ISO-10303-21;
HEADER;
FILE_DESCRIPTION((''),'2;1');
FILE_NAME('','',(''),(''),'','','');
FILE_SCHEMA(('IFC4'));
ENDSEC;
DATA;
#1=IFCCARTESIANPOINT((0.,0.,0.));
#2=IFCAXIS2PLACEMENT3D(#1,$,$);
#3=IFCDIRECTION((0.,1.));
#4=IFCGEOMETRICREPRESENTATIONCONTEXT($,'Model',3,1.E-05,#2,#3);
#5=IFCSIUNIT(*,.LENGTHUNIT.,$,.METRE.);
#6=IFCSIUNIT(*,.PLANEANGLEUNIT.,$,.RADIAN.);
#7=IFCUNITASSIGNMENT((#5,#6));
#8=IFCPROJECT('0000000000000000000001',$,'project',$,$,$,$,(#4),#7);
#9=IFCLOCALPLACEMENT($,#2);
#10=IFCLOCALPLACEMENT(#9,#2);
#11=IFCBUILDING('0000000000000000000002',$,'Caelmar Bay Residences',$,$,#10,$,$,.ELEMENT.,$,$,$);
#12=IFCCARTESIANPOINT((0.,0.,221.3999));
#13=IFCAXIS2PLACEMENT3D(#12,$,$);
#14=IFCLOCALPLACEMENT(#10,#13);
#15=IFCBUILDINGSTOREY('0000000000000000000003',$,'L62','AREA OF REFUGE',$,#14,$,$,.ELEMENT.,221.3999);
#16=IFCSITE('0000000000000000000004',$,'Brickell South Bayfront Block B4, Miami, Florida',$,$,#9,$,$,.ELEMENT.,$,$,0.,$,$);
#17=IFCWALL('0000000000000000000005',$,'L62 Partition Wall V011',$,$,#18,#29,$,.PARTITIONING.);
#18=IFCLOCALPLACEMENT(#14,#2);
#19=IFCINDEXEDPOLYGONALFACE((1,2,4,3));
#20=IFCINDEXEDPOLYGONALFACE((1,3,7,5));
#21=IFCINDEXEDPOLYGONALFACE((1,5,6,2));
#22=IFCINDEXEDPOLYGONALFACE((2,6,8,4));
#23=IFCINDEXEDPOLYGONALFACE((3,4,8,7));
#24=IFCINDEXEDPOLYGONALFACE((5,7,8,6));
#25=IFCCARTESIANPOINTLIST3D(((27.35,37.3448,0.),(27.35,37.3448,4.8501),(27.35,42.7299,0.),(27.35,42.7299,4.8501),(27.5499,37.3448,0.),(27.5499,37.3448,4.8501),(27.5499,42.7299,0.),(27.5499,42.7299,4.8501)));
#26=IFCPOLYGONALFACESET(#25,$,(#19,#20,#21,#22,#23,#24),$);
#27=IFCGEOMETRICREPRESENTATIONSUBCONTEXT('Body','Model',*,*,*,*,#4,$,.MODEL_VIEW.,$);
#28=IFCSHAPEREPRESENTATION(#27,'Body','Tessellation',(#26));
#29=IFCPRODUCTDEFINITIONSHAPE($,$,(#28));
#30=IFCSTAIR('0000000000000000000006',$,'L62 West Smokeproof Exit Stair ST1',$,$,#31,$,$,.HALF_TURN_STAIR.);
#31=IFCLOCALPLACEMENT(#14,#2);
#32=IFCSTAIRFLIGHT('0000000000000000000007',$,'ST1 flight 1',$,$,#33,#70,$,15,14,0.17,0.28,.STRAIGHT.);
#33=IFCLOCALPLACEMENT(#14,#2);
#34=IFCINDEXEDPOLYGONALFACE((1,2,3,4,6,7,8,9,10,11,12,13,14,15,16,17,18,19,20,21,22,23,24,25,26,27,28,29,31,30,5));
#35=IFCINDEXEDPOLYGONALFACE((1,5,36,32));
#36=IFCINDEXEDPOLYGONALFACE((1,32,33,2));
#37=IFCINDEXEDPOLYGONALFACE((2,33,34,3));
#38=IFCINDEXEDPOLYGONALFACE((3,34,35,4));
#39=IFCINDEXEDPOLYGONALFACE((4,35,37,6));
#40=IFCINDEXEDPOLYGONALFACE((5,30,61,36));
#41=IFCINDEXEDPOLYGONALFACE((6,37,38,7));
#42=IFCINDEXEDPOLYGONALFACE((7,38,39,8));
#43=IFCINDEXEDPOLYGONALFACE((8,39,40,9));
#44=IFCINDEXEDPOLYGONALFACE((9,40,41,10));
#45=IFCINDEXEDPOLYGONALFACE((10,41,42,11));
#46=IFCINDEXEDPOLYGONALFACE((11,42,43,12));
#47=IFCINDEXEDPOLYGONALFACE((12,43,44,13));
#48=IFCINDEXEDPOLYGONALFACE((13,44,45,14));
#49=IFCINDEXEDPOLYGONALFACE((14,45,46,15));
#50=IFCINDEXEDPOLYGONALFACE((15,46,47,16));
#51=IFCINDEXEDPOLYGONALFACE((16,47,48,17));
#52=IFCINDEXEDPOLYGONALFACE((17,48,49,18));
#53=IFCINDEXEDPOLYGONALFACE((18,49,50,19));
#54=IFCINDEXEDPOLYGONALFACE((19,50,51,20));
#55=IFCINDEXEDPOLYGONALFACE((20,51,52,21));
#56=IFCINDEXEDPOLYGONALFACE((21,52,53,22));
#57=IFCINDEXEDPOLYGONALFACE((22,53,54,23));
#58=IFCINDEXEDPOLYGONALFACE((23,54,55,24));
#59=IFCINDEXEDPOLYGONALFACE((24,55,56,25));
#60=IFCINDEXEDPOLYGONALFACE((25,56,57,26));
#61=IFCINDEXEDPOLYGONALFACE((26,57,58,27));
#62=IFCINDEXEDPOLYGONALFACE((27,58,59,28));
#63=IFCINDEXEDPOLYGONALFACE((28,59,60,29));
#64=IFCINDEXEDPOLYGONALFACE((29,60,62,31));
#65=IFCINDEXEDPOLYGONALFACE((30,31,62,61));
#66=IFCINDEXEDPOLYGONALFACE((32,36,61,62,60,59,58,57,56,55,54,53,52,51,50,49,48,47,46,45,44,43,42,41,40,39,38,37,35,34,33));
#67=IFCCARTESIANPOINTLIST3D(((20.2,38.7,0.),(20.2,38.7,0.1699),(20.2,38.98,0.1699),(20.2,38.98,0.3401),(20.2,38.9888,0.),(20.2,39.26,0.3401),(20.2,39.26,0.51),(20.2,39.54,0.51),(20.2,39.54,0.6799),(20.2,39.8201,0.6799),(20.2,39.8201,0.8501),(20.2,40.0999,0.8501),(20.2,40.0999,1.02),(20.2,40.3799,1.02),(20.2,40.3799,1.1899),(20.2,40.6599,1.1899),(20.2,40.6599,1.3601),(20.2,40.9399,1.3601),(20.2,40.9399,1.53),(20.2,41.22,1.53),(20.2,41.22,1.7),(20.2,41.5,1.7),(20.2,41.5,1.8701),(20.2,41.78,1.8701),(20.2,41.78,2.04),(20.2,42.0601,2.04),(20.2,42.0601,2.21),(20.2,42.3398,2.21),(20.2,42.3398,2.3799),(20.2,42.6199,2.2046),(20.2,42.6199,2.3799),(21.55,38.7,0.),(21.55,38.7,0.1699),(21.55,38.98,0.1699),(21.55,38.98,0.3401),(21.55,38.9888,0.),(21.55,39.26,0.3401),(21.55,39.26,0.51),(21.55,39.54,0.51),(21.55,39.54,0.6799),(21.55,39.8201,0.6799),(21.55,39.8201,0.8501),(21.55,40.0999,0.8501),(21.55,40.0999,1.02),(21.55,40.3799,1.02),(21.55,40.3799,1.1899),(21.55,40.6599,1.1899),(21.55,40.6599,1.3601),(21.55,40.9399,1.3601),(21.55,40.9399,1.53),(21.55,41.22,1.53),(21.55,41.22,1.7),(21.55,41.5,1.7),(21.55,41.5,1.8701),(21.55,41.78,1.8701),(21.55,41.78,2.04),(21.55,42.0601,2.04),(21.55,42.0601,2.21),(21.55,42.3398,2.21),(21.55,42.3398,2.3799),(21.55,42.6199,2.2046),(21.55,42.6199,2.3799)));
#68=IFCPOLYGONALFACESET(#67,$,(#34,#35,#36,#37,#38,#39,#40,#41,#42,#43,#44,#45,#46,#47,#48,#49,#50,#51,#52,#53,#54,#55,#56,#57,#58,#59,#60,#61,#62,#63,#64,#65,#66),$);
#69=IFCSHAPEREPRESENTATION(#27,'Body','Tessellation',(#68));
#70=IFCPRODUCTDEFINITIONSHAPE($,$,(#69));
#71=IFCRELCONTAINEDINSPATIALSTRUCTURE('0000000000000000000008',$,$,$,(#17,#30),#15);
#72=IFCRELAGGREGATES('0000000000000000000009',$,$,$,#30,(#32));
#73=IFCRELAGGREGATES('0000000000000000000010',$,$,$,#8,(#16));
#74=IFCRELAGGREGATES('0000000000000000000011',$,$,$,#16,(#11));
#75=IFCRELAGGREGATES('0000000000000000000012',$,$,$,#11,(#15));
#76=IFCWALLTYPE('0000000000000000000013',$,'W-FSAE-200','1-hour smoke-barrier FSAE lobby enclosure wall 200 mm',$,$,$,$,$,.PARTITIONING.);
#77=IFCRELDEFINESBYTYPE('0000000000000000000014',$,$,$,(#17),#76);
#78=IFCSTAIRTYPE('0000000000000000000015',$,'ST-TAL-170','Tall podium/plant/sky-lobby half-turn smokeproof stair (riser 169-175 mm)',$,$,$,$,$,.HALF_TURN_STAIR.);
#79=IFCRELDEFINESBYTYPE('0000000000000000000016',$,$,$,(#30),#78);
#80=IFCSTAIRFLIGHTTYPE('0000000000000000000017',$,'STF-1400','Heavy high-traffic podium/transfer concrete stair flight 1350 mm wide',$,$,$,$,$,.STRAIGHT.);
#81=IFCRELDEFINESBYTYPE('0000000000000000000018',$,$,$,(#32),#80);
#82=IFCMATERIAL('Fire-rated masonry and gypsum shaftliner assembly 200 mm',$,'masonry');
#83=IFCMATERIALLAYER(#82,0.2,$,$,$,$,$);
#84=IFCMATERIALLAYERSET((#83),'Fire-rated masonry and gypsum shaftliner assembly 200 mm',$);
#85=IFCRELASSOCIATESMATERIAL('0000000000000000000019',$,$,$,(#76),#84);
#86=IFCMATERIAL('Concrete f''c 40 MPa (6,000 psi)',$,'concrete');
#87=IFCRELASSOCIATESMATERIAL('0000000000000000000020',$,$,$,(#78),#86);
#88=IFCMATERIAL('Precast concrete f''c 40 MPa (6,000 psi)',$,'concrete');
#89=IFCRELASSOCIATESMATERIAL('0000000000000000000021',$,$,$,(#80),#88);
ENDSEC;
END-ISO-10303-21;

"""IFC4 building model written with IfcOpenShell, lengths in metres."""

from ifc_helpers import new_model, si_unit, direction, frame, frame_2d, origin, place, context, subcontext, project, spatial, polyline, rectangle, outline, extrude, material, layer, layer_set, type_object, element, aggregate, save


model = new_model("IFC4")

# Units and contexts
model_context = context("Model", 3, precision=1e-05, world=origin(), true_north=direction((0.0, 1.0)))
body_context = subcontext(model_context, "Body", "Model", "MODEL_VIEW")
ifc_project = project(units=[si_unit("LENGTHUNIT", "METRE"), si_unit("PLANEANGLEUNIT", "RADIAN")], contexts=[model_context])

# Site, building, storey
site_placement = place(None, origin())
site = spatial("IfcSite", under=ifc_project, at=site_placement, Name="Brickell South Bayfront Block B4, Miami, Florida", CompositionType="ELEMENT", RefElevation=0.0)
building_placement = place(site_placement, origin())
building = spatial("IfcBuilding", under=site, at=building_placement, Name="Caelmar Bay Residences", CompositionType="ELEMENT")
storey_placement = place(building_placement, frame((0.0, 0.0, 221.3999)))
storey = spatial("IfcBuildingStorey", under=building, at=storey_placement, Name="L62", Description="AREA OF REFUGE", CompositionType="ELEMENT", Elevation=221.3999)

# Wall
ifc_material_1 = material(Name="Fire-rated masonry and gypsum shaftliner assembly 200 mm", Category="masonry")
ifc_layer_1 = layer(ifc_material_1, 0.2)
ifc_layer_set_1 = layer_set([ifc_layer_1], Name="Fire-rated masonry and gypsum shaftliner assembly 200 mm")
wall_type_1 = type_object("IfcWallType", Name="W-FSAE-200", Description="1-hour smoke-barrier FSAE lobby enclosure wall 200 mm", PredefinedType="PARTITIONING", material=ifc_layer_set_1)
wall_1_placement = place(storey_placement, frame((27.45, 37.345, 0.0), z_axis=(0.0, 0.0, 1.0), x_axis=(0.0, 1.0, 0.0)))
element("IfcWall", 1, at=wall_1_placement, inside=storey, type_object=wall_type_1, Name="L62 Partition Wall V011", PredefinedType="PARTITIONING", context=body_context, shape_type="SweptSolid", body=[
    extrude(rectangle(XDim=5.385, YDim=0.2, at=frame_2d((2.6924, 0.0))), origin(), (0.0, 0.0, 1.0), 4.8501),
])

# Stair, stair flight
ifc_material_2 = material(Name="Concrete f'c 40 MPa (6,000 psi)", Category="concrete")
stair_type = type_object("IfcStairType", Name="ST-TAL-170", Description="Tall podium/plant/sky-lobby half-turn smokeproof stair (riser 169-175 mm)", PredefinedType="HALF_TURN_STAIR", material=ifc_material_2)
stair_placement = place(storey_placement, origin())
stair = element("IfcStair", 2, at=stair_placement, inside=storey, type_object=stair_type, Name="L62 West Smokeproof Exit Stair ST1", PredefinedType="HALF_TURN_STAIR")
ifc_material_3 = material(Name="Precast concrete f'c 40 MPa (6,000 psi)", Category="concrete")
stair_flight_type = type_object("IfcStairFlightType", Name="STF-1400", Description="Heavy high-traffic podium/transfer concrete stair flight 1350 mm wide", PredefinedType="STRAIGHT", material=ifc_material_3)
stair_flight_placement = place(storey_placement, frame((20.875, 38.7, 0.0), z_axis=(0.0, 0.0, 1.0), x_axis=(0.0, 1.0, 0.0)))
stair_flight = element("IfcStairFlight", 3, at=stair_flight_placement, type_object=stair_flight_type, Name="ST1 flight 1", NumberOfRisers=15, NumberOfTreads=14, PredefinedType="STRAIGHT", RiserHeight=0.17, TreadLength=0.28, context=body_context, shape_type="SweptSolid", body=[
    extrude(outline(polyline([(0.0, 0.0), (0.0, 0.1699), (0.28, 0.1699), (0.28, 0.3401), (0.5601, 0.3401), (0.5601, 0.51), (0.8401, 0.51), (0.8401, 0.6799), (1.1201, 0.6799), (1.1201, 0.8501), (1.3999, 0.8501), (1.3999, 1.02), (1.6799, 1.02), (1.6799, 1.1899), (1.96, 1.1899), (1.96, 1.3601), (2.24, 1.3601), (2.24, 1.53), (2.52, 1.53), (2.52, 1.7), (2.8, 1.7), (2.8, 1.8701), (3.0801, 1.8701), (3.0801, 2.04), (3.3601, 2.04), (3.3601, 2.21), (3.6399, 2.21), (3.6399, 2.3799), (3.9199, 2.3799), (3.9199, 2.55), (3.9199, 2.2046), (0.2888, 0.0), (0.0, 0.0)])), frame((0.0, 0.675, 0.0), z_axis=(0.0, -1.0, 0.0), x_axis=(1.0, 0.0, 0.0)), (0.0, 0.0, 1.0), 1.3501),
])
aggregate(stair, [stair_flight])

save(model, "model.ifc")
